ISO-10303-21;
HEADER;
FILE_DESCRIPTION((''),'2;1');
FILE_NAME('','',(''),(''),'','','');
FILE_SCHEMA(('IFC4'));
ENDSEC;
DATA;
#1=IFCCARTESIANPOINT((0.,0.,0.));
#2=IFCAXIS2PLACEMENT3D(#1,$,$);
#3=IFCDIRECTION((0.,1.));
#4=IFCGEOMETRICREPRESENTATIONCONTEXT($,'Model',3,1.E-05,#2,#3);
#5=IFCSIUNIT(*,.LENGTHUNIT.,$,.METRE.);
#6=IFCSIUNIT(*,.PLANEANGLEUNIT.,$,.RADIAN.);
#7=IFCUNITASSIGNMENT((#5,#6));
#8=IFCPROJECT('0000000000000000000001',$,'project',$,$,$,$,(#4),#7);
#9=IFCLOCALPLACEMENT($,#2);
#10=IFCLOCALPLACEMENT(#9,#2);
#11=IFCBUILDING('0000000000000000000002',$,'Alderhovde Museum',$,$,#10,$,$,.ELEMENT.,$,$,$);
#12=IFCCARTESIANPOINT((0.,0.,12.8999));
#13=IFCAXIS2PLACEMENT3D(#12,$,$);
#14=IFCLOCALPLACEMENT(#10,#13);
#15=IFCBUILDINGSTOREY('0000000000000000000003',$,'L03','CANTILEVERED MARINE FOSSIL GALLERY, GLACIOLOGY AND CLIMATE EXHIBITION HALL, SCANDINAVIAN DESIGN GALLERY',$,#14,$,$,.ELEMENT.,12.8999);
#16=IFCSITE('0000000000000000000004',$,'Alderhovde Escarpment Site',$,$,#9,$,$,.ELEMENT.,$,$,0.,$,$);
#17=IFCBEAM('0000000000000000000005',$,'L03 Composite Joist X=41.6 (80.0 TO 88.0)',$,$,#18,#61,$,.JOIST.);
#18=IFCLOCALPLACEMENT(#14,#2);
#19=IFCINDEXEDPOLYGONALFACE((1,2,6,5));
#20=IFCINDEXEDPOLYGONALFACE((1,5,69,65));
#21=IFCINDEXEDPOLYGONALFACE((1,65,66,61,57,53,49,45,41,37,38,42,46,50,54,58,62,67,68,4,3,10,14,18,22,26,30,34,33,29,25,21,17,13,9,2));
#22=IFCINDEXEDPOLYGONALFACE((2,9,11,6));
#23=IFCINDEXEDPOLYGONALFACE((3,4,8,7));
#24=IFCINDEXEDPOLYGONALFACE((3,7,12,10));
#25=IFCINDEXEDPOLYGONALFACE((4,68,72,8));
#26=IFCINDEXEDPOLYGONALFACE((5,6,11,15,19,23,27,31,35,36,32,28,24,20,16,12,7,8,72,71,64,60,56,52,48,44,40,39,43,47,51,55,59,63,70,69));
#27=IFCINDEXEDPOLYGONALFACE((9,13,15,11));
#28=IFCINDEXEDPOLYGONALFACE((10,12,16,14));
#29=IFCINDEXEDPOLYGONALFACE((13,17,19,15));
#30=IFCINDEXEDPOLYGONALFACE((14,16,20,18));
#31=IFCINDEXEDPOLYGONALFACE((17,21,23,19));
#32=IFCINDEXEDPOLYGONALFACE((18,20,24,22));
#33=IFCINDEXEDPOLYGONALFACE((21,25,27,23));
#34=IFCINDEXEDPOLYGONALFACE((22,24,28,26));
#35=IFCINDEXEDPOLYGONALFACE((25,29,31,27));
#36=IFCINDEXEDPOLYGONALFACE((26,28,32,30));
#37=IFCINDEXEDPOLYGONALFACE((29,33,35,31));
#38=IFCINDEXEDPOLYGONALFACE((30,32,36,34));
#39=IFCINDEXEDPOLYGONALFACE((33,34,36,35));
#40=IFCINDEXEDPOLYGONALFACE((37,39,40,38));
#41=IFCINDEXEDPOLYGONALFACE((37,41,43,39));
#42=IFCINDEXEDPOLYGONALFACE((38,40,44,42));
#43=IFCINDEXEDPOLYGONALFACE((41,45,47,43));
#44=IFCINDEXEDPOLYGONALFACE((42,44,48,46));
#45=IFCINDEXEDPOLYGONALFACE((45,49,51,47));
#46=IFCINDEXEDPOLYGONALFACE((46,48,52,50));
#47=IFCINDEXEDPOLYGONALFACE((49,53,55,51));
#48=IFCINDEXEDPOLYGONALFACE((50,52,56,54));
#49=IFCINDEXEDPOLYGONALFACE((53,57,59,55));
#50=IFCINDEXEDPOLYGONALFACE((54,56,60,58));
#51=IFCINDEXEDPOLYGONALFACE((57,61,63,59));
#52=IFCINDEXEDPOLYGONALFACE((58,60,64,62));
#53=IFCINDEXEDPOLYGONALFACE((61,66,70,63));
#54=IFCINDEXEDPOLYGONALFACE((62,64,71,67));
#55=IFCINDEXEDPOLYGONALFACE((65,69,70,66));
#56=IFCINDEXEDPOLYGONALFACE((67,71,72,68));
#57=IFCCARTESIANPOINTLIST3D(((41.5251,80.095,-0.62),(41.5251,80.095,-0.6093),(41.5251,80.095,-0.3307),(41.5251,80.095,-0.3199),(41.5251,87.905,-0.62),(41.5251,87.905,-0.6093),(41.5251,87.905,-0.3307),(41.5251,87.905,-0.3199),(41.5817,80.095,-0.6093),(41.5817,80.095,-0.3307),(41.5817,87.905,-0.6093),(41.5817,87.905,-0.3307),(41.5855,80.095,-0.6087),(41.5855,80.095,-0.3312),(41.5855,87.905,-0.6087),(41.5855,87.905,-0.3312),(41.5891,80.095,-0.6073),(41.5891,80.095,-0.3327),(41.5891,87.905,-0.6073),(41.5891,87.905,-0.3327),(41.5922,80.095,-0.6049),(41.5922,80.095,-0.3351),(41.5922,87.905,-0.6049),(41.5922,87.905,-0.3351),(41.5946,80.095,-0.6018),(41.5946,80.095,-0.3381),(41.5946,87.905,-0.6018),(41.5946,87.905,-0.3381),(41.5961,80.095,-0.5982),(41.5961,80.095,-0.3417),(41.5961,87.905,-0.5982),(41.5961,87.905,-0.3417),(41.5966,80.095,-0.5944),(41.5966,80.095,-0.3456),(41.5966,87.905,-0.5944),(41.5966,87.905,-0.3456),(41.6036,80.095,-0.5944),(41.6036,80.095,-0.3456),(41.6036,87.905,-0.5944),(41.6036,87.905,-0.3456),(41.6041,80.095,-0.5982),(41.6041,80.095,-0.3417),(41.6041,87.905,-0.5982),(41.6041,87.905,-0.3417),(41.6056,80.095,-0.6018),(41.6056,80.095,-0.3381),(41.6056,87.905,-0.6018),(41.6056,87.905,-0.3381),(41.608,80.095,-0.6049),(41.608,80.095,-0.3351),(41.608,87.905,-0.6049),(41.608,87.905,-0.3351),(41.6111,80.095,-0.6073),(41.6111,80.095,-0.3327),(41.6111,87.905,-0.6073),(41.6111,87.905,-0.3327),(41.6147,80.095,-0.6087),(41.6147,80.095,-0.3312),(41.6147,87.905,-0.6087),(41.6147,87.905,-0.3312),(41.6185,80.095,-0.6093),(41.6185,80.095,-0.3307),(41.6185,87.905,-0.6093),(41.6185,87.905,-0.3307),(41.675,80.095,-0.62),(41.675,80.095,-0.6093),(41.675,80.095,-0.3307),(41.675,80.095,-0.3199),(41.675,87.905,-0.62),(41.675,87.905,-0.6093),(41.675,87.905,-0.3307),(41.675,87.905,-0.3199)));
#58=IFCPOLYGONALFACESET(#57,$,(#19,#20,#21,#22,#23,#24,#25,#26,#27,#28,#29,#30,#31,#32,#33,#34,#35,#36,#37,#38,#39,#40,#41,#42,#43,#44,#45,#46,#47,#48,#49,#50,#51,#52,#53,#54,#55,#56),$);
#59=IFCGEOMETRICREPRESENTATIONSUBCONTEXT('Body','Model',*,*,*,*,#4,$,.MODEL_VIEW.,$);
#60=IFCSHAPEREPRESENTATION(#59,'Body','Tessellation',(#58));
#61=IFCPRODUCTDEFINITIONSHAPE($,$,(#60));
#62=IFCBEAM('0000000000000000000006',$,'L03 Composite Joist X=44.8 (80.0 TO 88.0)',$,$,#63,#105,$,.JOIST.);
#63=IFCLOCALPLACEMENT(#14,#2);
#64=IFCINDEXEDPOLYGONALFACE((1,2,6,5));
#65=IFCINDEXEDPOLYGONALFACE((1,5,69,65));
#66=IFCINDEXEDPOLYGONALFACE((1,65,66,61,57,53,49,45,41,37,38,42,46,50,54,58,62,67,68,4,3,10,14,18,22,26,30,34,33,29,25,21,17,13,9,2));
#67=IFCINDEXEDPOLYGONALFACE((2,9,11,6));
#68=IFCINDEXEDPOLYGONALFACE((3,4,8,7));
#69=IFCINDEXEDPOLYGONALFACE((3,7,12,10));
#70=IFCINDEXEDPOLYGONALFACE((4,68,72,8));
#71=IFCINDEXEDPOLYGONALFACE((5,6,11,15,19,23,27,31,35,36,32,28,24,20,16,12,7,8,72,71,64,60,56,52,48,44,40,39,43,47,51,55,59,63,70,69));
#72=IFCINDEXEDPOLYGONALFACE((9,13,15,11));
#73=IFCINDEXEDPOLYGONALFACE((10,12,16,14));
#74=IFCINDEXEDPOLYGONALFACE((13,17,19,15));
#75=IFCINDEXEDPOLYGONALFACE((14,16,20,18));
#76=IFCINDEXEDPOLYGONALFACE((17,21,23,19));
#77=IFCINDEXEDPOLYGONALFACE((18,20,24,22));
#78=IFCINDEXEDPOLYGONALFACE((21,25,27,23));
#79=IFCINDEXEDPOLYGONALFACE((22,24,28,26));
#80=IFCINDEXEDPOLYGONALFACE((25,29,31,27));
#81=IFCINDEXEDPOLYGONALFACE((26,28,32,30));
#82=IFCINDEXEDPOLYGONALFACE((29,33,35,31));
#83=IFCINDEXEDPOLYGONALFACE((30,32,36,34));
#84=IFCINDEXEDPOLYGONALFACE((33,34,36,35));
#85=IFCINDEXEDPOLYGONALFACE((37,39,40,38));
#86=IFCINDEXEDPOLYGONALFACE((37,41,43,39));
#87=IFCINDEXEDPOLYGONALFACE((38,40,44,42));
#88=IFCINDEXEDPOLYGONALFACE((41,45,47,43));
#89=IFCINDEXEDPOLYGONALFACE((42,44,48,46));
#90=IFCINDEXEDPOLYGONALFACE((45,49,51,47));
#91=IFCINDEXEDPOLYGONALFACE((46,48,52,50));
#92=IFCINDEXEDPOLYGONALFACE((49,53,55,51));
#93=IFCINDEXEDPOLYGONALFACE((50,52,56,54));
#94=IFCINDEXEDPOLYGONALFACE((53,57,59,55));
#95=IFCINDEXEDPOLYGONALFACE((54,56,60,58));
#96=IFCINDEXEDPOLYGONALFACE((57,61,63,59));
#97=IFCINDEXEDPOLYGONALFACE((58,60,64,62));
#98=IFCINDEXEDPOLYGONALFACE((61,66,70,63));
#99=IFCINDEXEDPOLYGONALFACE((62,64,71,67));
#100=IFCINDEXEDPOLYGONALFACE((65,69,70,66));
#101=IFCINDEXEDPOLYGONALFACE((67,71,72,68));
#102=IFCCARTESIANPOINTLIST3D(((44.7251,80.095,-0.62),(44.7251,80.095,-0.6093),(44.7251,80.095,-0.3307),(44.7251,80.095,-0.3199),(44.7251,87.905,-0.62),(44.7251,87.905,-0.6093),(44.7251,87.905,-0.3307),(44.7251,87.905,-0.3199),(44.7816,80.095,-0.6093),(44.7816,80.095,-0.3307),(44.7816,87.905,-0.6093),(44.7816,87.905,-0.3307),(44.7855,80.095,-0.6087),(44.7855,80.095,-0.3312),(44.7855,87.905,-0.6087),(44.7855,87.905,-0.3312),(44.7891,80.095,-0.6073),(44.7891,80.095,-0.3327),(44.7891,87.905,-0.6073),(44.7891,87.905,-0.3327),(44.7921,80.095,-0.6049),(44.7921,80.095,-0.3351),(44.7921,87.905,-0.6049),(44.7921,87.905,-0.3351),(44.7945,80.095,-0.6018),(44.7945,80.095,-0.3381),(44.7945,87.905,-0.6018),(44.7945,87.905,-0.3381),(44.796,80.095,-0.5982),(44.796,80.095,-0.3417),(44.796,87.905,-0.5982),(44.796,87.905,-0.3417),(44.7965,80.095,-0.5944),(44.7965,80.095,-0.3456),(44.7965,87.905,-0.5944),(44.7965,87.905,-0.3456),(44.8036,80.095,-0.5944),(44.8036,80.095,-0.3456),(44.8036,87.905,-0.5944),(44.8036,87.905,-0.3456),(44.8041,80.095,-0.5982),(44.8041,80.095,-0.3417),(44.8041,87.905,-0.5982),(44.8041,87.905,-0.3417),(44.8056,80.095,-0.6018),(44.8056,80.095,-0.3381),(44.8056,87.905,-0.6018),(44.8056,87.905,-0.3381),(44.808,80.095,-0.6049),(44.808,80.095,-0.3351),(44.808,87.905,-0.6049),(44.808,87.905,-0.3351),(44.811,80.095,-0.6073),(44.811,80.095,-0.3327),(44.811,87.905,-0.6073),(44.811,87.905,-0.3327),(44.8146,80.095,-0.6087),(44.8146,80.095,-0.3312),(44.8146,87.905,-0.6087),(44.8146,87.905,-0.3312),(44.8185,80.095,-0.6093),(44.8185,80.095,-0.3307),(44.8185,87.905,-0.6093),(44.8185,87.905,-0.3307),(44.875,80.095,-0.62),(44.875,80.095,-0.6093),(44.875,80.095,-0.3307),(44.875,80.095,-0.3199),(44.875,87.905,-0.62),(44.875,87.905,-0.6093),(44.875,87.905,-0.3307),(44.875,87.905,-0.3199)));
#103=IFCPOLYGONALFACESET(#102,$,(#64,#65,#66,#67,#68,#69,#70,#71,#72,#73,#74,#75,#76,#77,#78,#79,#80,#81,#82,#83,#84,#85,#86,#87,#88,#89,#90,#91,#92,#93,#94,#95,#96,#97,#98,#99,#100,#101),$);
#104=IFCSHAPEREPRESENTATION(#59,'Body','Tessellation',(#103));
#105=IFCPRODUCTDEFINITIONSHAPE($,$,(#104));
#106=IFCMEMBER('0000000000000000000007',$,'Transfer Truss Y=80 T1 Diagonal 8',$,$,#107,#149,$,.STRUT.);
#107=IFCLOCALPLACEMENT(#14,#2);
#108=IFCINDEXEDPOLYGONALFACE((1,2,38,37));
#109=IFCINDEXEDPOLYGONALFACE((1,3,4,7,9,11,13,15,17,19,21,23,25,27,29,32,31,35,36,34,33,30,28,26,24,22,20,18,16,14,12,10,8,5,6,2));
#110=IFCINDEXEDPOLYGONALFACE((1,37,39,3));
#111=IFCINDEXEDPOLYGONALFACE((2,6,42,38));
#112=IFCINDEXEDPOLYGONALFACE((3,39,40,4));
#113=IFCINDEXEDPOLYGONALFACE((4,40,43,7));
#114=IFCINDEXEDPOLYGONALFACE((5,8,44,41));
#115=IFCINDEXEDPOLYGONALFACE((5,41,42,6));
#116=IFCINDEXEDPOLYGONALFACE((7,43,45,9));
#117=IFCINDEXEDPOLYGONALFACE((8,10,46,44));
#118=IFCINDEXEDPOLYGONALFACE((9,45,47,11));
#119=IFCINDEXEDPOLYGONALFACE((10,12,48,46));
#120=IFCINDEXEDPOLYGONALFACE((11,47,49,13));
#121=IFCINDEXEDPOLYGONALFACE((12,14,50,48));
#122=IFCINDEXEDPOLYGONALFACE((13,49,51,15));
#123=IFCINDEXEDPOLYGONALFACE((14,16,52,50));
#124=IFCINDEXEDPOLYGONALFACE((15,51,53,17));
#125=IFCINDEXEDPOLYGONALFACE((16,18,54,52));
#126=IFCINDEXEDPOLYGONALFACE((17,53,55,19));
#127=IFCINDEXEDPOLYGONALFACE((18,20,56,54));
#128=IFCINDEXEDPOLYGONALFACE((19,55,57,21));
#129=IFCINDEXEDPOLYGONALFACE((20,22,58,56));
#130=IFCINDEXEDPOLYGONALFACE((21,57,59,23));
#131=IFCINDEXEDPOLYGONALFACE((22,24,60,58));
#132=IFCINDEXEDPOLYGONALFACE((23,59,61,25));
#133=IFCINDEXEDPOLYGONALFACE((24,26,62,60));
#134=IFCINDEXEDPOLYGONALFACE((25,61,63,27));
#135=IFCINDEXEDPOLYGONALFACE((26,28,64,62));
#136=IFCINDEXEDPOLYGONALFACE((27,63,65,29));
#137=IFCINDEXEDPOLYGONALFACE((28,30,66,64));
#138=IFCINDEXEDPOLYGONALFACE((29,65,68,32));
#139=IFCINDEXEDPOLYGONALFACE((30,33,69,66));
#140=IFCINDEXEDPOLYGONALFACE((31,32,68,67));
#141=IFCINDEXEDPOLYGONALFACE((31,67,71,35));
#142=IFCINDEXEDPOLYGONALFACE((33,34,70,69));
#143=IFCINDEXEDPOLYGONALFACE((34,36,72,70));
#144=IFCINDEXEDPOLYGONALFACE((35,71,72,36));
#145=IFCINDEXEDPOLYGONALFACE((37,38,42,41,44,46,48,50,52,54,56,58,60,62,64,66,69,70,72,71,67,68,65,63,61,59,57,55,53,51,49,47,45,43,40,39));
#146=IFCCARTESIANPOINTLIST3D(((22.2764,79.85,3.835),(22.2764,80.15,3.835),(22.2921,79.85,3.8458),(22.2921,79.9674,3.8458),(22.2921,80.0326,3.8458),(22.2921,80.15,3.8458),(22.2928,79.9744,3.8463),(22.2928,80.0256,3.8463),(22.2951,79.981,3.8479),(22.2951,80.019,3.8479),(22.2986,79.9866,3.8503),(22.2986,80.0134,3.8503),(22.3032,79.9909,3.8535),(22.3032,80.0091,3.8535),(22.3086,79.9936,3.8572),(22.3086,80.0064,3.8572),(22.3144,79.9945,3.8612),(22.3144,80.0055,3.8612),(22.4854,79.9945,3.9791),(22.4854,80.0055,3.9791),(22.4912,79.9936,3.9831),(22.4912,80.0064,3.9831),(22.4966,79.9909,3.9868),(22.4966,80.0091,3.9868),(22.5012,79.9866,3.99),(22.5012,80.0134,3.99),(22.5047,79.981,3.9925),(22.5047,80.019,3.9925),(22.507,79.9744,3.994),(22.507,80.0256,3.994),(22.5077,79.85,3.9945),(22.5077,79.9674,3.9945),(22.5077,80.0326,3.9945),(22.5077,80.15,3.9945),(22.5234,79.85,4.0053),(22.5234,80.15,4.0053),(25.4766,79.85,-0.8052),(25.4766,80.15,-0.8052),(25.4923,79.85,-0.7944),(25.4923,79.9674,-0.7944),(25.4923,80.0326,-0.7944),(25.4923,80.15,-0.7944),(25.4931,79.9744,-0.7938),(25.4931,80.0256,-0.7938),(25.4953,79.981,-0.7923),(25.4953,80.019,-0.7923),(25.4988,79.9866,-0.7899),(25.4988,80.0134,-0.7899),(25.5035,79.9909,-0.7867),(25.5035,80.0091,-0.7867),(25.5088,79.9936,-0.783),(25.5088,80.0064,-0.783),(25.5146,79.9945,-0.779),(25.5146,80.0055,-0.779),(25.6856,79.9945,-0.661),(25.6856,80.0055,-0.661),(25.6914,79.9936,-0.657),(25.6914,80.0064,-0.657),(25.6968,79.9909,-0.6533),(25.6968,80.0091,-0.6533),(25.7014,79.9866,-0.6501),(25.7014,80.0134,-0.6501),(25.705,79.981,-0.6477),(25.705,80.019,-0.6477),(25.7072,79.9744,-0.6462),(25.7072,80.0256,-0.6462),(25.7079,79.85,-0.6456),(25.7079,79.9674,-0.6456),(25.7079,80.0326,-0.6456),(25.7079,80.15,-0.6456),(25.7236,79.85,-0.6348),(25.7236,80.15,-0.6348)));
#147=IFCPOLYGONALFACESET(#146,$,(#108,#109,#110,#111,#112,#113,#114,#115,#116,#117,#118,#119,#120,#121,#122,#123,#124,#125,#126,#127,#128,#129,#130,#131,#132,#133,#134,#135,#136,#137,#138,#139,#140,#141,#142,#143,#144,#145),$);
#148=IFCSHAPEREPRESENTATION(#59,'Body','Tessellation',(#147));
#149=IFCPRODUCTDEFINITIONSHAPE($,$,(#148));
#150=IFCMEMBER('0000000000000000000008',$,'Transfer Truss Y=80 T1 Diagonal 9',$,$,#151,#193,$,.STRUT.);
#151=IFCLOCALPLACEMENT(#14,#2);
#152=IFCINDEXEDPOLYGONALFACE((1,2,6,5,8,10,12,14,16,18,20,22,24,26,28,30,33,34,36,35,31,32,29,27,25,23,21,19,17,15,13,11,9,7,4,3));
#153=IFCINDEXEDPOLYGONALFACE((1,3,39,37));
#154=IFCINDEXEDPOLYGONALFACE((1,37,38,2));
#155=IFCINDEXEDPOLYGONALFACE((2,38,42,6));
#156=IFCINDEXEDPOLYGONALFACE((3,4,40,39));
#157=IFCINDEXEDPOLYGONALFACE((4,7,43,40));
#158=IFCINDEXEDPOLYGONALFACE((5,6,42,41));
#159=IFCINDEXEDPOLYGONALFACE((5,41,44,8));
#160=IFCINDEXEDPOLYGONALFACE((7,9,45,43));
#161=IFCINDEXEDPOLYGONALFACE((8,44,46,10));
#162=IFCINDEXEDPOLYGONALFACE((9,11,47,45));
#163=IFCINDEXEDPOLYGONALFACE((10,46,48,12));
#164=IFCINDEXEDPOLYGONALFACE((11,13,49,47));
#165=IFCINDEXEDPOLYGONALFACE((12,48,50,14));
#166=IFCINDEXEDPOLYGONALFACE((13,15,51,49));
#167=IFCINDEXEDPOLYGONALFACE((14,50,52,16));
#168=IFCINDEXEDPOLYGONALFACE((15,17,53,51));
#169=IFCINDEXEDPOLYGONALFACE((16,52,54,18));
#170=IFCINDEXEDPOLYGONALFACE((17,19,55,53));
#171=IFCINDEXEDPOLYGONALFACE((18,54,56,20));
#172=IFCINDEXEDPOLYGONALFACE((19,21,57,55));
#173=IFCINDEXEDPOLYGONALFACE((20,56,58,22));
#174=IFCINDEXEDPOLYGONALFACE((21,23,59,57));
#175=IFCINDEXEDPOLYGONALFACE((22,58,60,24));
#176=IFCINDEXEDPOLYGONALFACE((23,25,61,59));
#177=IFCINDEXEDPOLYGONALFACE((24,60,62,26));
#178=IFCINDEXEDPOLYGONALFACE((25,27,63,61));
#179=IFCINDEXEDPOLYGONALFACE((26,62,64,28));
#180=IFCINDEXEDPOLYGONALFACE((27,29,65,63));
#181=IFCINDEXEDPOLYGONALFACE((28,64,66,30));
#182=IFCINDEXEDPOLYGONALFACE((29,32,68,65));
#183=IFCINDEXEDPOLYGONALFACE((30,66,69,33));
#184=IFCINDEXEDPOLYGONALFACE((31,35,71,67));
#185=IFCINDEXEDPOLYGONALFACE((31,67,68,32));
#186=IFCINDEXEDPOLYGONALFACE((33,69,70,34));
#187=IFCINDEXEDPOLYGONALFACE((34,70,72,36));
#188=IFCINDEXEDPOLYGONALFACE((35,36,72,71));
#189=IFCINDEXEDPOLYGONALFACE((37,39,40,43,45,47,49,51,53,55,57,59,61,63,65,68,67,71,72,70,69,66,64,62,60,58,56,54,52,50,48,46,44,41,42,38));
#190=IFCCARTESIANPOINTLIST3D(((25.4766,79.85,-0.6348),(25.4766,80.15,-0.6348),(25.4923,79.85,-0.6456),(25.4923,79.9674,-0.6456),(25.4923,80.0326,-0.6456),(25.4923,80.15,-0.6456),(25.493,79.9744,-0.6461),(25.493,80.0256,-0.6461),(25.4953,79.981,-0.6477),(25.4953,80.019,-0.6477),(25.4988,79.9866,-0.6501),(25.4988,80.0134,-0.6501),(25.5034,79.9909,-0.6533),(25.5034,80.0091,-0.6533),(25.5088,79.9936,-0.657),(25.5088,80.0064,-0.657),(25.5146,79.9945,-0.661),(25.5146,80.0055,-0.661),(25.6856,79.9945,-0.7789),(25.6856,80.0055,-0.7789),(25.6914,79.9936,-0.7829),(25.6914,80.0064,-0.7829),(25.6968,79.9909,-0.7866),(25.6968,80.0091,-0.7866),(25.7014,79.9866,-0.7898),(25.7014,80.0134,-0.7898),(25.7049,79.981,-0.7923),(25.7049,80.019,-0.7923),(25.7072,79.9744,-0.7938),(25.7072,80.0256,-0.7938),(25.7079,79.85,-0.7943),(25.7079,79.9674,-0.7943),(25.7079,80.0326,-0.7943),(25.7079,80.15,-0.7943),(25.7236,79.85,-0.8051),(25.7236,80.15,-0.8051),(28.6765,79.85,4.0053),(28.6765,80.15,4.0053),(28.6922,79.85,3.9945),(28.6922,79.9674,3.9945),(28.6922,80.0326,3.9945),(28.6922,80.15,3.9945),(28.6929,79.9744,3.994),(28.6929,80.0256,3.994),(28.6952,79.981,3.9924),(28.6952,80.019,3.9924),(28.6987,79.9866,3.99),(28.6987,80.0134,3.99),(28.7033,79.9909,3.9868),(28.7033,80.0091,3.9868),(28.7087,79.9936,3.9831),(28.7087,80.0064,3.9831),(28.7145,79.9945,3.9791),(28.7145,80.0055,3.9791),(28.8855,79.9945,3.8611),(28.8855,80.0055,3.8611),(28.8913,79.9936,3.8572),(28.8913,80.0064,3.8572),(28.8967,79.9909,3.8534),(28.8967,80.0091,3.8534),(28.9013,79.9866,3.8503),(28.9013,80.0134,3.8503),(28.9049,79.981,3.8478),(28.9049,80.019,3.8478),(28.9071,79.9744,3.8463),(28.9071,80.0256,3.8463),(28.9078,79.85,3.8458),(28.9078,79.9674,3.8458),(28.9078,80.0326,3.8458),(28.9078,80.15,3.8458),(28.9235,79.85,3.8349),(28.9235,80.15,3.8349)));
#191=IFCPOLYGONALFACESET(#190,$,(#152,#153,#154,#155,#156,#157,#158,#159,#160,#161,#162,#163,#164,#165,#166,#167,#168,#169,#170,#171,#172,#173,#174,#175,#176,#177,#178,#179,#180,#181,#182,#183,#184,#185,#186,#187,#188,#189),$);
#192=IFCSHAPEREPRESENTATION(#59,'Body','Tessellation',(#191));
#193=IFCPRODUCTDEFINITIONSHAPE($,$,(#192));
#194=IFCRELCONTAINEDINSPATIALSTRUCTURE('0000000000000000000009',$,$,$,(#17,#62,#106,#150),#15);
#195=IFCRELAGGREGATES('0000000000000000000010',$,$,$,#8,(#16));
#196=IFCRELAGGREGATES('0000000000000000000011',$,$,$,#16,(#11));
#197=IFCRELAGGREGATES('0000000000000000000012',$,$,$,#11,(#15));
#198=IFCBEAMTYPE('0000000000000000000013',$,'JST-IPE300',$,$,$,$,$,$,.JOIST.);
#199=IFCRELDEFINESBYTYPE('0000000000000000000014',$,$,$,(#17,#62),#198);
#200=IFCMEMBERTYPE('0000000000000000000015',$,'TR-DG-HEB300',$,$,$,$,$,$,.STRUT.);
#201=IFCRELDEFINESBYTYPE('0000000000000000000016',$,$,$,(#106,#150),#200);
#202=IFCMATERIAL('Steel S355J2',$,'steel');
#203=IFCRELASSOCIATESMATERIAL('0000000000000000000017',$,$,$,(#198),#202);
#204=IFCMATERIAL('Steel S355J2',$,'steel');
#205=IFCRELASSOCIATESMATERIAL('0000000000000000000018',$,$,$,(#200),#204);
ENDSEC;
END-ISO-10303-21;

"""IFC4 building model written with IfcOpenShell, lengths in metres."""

from ifc_helpers import new_model, si_unit, direction, frame, origin, origin_2d, place, context, subcontext, project, spatial, i_section, extrude, material, material_profile, profile_set, type_object, element, save


model = new_model("IFC4")

# Units and contexts
model_context = context("Model", 3, precision=1e-05, world=origin(), true_north=direction((0.0, 1.0)))
body_context = subcontext(model_context, "Body", "Model", "MODEL_VIEW")
ifc_project = project(units=[si_unit("LENGTHUNIT", "METRE"), si_unit("PLANEANGLEUNIT", "RADIAN")], contexts=[model_context])

# Site, building, storey
site_placement = place(None, origin())
site = spatial("IfcSite", under=ifc_project, at=site_placement, Name="Alderhovde Escarpment Site", CompositionType="ELEMENT", RefElevation=0.0)
building_placement = place(site_placement, origin())
building = spatial("IfcBuilding", under=site, at=building_placement, Name="Alderhovde Museum", CompositionType="ELEMENT")
storey_placement = place(building_placement, frame((0.0, 0.0, 12.8999)))
storey = spatial("IfcBuildingStorey", under=building, at=storey_placement, Name="L03", Description="CANTILEVERED MARINE FOSSIL GALLERY, GLACIOLOGY AND CLIMATE EXHIBITION HALL, SCANDINAVIAN DESIGN GALLERY", CompositionType="ELEMENT", Elevation=12.8999)

# Beams
ifc_material_1 = material(Name="Steel S355J2", Category="steel")
ifc_material_profile_1 = material_profile(ifc_material_1, i_section(OverallWidth=0.1499, OverallDepth=0.3, WebThickness=0.0071, FlangeThickness=0.0107, FilletRadius=0.0149, at=origin_2d()), Name="IPE 300")
ifc_profile_set_1 = profile_set([ifc_material_profile_1], Name="Steel S355J2")
beam_type_1 = type_object("IfcBeamType", Name="JST-IPE300", PredefinedType="JOIST", material=ifc_profile_set_1)
for number, where, z_axis, x_axis, name in (
    (1, (41.6001, 80.095, -0.47), (0.0, 1.0, 0.0), (-1.0, 0.0, 0.0), "L03 Composite Joist X=41.6 (80.0 TO 88.0)"),
    (2, (44.8, 80.095, -0.47), (0.0, 1.0, 0.0), (-1.0, 0.0, 0.0), "L03 Composite Joist X=44.8 (80.0 TO 88.0)"),
):
    element("IfcBeam", number, at=place(storey_placement, frame(where, z_axis=z_axis, x_axis=x_axis)), inside=storey, type_object=beam_type_1, Name=name, PredefinedType="JOIST", context=body_context, shape_type="SweptSolid", body=[
        extrude(i_section(OverallWidth=0.1499, OverallDepth=0.3, WebThickness=0.0071, FlangeThickness=0.0107, FilletRadius=0.0149, at=origin_2d()), origin(), (0.0, 0.0, 1.0), 7.8101),
    ])

# Members
ifc_material_2 = material(Name="Steel S355J2", Category="steel")
ifc_material_profile_2 = material_profile(ifc_material_2, i_section(OverallWidth=0.3, OverallDepth=0.3, WebThickness=0.011, FlangeThickness=0.019, FilletRadius=0.0271, at=origin_2d()), Name="HEB 300")
ifc_profile_set_2 = profile_set([ifc_material_profile_2], Name="Steel S355J2")
member_type_1 = type_object("IfcMemberType", Name="TR-DG-HEB300", PredefinedType="STRUT", material=ifc_profile_set_2)
member_1_placement = place(storey_placement, frame((22.3999, 80.0, 3.9202), z_axis=(0.567745, 0.0, -0.823204), x_axis=(0.0, 1.0, 0.0)))
element("IfcMember", 3, at=member_1_placement, inside=storey, type_object=member_type_1, Name="Transfer Truss Y=80 T1 Diagonal 8", PredefinedType="STRUT", context=body_context, shape_type="SweptSolid", body=[
    extrude(i_section(OverallWidth=0.3, OverallDepth=0.3, WebThickness=0.011, FlangeThickness=0.019, FilletRadius=0.0271, at=origin_2d()), origin(), (0.0, 0.0, 1.0), 5.6367),
])
member_2_placement = place(storey_placement, frame((25.6001, 80.0, -0.72), z_axis=(0.567716, 0.0, 0.823225), x_axis=(0.0, 1.0, 0.0)))
element("IfcMember", 4, at=member_2_placement, inside=storey, type_object=member_type_1, Name="Transfer Truss Y=80 T1 Diagonal 9", PredefinedType="STRUT", context=body_context, shape_type="SweptSolid", body=[
    extrude(i_section(OverallWidth=0.3, OverallDepth=0.3, WebThickness=0.011, FlangeThickness=0.019, FilletRadius=0.0271, at=origin_2d()), origin(), (0.0, 0.0, 1.0), 5.6365),
])

save(model, "model.ifc")
